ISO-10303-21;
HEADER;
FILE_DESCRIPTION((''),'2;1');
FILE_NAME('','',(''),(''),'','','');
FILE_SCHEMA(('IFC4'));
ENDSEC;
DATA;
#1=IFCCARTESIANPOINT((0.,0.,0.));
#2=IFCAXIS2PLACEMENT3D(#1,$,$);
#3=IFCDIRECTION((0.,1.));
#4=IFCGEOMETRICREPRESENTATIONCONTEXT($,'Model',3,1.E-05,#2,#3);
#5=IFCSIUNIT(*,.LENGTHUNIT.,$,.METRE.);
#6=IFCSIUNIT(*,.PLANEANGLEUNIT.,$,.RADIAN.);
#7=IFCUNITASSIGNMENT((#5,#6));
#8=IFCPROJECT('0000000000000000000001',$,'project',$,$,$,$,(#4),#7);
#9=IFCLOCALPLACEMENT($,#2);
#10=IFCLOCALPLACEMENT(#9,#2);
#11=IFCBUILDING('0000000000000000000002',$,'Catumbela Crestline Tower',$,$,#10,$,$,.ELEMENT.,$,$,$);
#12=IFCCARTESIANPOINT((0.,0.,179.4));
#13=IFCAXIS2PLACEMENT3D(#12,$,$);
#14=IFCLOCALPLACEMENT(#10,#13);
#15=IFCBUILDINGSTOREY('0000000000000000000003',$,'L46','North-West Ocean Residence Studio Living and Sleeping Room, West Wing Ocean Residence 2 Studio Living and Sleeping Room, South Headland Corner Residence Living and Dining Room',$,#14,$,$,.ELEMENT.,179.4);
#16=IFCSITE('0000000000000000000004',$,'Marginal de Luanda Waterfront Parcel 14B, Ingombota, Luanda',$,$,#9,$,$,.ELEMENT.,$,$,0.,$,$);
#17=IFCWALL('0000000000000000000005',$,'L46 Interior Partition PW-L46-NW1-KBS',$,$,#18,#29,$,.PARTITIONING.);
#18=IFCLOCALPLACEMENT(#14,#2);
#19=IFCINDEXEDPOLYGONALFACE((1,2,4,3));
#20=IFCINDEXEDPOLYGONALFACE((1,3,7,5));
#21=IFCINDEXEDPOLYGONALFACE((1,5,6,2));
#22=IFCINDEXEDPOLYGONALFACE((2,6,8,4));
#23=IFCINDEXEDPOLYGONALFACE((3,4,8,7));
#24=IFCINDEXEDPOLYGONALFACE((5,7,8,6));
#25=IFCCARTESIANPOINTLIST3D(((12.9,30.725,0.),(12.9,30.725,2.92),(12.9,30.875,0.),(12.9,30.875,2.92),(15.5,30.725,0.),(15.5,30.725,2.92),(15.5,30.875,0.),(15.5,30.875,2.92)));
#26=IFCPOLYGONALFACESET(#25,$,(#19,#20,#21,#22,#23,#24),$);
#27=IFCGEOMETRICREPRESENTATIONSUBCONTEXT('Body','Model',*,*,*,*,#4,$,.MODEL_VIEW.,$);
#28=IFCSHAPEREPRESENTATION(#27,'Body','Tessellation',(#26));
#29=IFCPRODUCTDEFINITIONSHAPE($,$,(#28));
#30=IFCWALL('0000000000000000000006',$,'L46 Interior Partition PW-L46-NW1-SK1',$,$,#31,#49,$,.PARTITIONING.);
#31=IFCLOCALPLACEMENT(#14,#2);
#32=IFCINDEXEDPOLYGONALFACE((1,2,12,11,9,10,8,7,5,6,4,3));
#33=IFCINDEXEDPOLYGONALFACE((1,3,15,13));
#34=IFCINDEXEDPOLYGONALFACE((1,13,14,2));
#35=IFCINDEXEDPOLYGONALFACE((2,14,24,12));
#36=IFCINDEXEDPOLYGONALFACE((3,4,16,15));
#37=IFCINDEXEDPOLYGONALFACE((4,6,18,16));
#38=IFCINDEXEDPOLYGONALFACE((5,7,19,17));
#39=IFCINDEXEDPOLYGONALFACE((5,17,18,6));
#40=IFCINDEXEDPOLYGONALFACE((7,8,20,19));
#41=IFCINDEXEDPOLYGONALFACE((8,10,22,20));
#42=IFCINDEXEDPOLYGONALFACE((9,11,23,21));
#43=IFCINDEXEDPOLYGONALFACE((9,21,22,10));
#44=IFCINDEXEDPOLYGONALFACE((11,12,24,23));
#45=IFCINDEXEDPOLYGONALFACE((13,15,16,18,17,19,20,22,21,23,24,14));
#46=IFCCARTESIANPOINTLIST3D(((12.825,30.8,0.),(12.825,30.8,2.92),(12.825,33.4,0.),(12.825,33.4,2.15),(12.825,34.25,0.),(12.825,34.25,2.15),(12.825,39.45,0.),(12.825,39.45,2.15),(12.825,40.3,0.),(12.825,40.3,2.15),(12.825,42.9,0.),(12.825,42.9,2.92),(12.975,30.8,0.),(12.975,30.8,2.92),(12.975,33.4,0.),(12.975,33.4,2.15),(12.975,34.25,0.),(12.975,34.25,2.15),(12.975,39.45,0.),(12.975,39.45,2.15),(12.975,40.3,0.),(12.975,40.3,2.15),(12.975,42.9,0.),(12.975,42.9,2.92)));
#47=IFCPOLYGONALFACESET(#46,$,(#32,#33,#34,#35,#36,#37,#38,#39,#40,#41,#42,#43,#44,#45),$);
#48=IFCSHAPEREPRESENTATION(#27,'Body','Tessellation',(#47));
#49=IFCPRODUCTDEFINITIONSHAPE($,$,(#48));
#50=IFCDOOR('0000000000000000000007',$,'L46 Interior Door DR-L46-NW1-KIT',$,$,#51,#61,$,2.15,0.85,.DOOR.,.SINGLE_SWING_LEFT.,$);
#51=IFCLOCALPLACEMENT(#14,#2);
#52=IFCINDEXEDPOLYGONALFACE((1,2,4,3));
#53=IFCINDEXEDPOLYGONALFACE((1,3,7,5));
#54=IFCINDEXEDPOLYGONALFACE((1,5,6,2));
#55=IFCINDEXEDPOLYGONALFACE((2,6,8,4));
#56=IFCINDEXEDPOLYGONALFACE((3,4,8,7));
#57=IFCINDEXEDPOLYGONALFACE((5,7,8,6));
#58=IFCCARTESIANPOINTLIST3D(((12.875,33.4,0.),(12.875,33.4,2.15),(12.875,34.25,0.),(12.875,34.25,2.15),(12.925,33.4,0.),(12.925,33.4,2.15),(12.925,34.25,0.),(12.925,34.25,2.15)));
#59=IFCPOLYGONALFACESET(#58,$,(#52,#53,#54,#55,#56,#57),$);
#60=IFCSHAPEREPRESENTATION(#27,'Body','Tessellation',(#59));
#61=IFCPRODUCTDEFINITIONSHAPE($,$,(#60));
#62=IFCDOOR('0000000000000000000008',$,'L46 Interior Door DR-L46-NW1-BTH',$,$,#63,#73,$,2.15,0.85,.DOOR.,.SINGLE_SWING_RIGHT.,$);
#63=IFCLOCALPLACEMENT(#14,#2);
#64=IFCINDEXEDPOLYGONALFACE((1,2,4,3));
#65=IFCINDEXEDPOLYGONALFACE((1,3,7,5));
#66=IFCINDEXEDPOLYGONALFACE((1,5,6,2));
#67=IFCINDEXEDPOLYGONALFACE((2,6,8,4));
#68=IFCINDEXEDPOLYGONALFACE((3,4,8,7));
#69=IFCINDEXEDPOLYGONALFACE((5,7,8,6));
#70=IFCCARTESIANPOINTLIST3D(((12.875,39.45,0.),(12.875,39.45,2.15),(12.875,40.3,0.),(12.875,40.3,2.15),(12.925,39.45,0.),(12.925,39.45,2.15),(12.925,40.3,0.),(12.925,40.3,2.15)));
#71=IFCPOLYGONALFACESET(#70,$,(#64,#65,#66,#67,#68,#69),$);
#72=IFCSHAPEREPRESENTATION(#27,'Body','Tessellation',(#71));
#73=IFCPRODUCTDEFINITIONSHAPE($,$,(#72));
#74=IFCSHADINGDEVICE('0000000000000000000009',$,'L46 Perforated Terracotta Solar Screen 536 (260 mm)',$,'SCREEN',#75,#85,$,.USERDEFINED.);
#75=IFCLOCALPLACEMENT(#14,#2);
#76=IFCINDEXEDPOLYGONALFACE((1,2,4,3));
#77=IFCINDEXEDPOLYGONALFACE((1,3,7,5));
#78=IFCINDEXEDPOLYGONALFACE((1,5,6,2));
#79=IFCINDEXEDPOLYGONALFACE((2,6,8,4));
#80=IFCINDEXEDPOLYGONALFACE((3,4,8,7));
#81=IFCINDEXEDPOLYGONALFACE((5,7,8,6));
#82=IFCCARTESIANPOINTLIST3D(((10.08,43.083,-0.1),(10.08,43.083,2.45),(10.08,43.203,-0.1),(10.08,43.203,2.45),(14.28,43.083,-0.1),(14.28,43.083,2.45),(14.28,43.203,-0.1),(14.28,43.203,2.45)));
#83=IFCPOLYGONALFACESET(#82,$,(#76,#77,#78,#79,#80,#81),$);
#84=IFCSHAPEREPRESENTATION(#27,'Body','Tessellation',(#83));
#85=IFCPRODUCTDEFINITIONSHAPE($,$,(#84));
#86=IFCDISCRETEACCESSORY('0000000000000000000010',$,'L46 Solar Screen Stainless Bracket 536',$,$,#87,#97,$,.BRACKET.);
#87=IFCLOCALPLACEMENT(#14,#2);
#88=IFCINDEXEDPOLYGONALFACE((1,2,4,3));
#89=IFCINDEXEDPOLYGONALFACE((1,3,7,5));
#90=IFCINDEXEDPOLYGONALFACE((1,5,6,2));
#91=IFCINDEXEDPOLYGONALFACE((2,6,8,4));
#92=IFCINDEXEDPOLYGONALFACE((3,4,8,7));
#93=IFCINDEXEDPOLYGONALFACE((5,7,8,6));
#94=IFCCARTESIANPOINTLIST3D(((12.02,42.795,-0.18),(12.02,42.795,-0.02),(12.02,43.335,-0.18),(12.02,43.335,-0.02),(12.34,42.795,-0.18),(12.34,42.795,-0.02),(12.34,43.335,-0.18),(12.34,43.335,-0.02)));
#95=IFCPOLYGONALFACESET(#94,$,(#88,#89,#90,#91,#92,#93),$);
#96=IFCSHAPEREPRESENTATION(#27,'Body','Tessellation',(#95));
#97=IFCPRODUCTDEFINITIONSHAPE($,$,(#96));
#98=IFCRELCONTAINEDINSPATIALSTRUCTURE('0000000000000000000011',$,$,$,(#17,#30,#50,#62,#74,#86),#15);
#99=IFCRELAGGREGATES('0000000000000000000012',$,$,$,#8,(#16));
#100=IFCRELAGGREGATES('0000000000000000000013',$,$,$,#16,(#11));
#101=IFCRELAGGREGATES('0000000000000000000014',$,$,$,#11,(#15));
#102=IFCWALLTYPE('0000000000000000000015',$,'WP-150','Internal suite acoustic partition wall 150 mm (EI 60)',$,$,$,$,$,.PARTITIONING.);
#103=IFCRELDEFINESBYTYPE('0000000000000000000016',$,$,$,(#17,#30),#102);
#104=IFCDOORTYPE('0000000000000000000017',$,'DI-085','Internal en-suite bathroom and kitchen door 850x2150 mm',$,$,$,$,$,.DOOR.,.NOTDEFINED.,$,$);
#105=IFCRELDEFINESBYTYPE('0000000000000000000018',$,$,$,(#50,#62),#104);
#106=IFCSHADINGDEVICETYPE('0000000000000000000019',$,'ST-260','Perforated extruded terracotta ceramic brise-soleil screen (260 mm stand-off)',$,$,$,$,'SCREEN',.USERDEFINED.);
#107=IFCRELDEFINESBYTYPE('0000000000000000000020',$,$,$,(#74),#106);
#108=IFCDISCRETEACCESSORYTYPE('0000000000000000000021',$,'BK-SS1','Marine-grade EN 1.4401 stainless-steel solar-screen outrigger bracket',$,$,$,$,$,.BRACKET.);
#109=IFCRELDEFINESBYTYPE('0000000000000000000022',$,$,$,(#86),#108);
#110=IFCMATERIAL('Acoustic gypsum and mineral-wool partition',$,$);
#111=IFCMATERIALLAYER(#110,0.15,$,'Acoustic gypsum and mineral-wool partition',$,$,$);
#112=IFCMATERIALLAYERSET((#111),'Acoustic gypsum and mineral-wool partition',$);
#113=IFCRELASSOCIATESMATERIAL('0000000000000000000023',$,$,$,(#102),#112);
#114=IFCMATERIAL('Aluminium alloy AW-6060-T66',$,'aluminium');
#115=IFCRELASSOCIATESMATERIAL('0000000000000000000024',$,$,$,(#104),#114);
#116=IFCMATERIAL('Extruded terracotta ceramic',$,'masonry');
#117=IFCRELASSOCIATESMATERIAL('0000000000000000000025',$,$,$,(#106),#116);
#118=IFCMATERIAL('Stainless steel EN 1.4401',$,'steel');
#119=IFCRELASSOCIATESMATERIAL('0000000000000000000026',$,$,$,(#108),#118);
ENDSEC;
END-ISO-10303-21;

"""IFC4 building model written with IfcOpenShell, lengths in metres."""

from ifc_helpers import new_model, si_unit, direction, frame, frame_2d, origin, origin_2d, place, context, subcontext, project, spatial, rectangle, extrude, material, layer, layer_set, type_object, element, fill, save


model = new_model("IFC4")

# Units and contexts
model_context = context("Model", 3, precision=1e-05, world=origin(), true_north=direction((0.0, 1.0)))
body_context = subcontext(model_context, "Body", "Model", "MODEL_VIEW")
ifc_project = project(units=[si_unit("LENGTHUNIT", "METRE"), si_unit("PLANEANGLEUNIT", "RADIAN")], contexts=[model_context])

# Site, building, storey
site_placement = place(None, origin())
site = spatial("IfcSite", under=ifc_project, at=site_placement, Name="Marginal de Luanda Waterfront Parcel 14B, Ingombota, Luanda", CompositionType="ELEMENT", RefElevation=0.0)
building_placement = place(site_placement, origin())
building = spatial("IfcBuilding", under=site, at=building_placement, Name="Catumbela Crestline Tower", CompositionType="ELEMENT")
storey_placement = place(building_placement, frame((0.0, 0.0, 179.4)))
storey = spatial("IfcBuildingStorey", under=building, at=storey_placement, Name="L46", Description="North-West Ocean Residence Studio Living and Sleeping Room, West Wing Ocean Residence 2 Studio Living and Sleeping Room, South Headland Corner Residence Living and Dining Room", CompositionType="ELEMENT", Elevation=179.4)

# Shared definitions
ifc_material_1 = material(Name="Aluminium alloy AW-6060-T66", Category="aluminium")

# Wall
ifc_material_2 = material(Name="Acoustic gypsum and mineral-wool partition")
ifc_layer_1 = layer(ifc_material_2, 0.15, Name="Acoustic gypsum and mineral-wool partition")
ifc_layer_set_1 = layer_set([ifc_layer_1], Name="Acoustic gypsum and mineral-wool partition")
wall_type_1 = type_object("IfcWallType", Name="WP-150", Description="Internal suite acoustic partition wall 150 mm (EI 60)", PredefinedType="PARTITIONING", material=ifc_layer_set_1)
wall_1_placement = place(storey_placement, frame((12.9, 30.8, 0.0), z_axis=(0.0, 0.0, 1.0), x_axis=(1.0, 0.0, 0.0)))
element("IfcWall", 1, at=wall_1_placement, inside=storey, type_object=wall_type_1, Name="L46 Interior Partition PW-L46-NW1-KBS", PredefinedType="PARTITIONING", context=body_context, shape_type="SweptSolid", body=[
    extrude(rectangle(XDim=2.6, YDim=0.15, at=frame_2d((1.3, 0.0))), origin(), (0.0, 0.0, 1.0), 2.92),
])

# Wall, openings, doors
wall_2_placement = place(storey_placement, frame((12.9, 30.8, 0.0), z_axis=(0.0, 0.0, 1.0), x_axis=(0.0, 1.0, 0.0)))
wall_2 = element("IfcWall", 2, at=wall_2_placement, inside=storey, type_object=wall_type_1, Name="L46 Interior Partition PW-L46-NW1-SK1", PredefinedType="PARTITIONING", context=body_context, shape_type="SweptSolid", body=[
    extrude(rectangle(XDim=12.1, YDim=0.15, at=frame_2d((6.05, 0.0))), origin(), (0.0, 0.0, 1.0), 2.92),
])
opening_1_placement = place(wall_2_placement, frame((2.6, 0.0, 0.0)))
opening_1 = element("IfcOpeningElement", 3, at=opening_1_placement, cuts=wall_2, PredefinedType="OPENING", context=body_context, shape_type="SweptSolid", body=[
    extrude(rectangle(XDim=0.85, YDim=2.15, at=frame_2d((0.425, 1.075))), frame((0.0, 0.085, 0.0), z_axis=(0.0, -1.0, 0.0), x_axis=(1.0, 0.0, 0.0)), (0.0, 0.0, 1.0), 0.17),
])
opening_2_placement = place(wall_2_placement, frame((8.65, 0.0, 0.0)))
opening_2 = element("IfcOpeningElement", 4, at=opening_2_placement, cuts=wall_2, PredefinedType="OPENING", context=body_context, shape_type="SweptSolid", body=[
    extrude(rectangle(XDim=0.85, YDim=2.15, at=frame_2d((0.425, 1.075))), frame((0.0, 0.085, 0.0), z_axis=(0.0, -1.0, 0.0), x_axis=(1.0, 0.0, 0.0)), (0.0, 0.0, 1.0), 0.17),
])
door_type_1 = type_object("IfcDoorType", Name="DI-085", Description="Internal en-suite bathroom and kitchen door 850x2150 mm", OperationType="NOTDEFINED", PredefinedType="DOOR", material=ifc_material_1)
door_1_placement = place(opening_1_placement, origin())
door_1 = element("IfcDoor", 5, at=door_1_placement, inside=storey, type_object=door_type_1, Name="L46 Interior Door DR-L46-NW1-KIT", OperationType="SINGLE_SWING_LEFT", OverallHeight=2.15, OverallWidth=0.85, PredefinedType="DOOR", context=body_context, shape_type="SweptSolid", body=[
    extrude(rectangle(XDim=0.85, YDim=2.15, at=frame_2d((0.425, 1.075))), frame((0.0, 0.025, 0.0), z_axis=(0.0, -1.0, 0.0), x_axis=(1.0, 0.0, 0.0)), (0.0, 0.0, 1.0), 0.05),
])
fill(opening_1, door_1)
door_2_placement = place(opening_2_placement, origin())
door_2 = element("IfcDoor", 6, at=door_2_placement, inside=storey, type_object=door_type_1, Name="L46 Interior Door DR-L46-NW1-BTH", OperationType="SINGLE_SWING_RIGHT", OverallHeight=2.15, OverallWidth=0.85, PredefinedType="DOOR", context=body_context, shape_type="SweptSolid", body=[
    extrude(rectangle(XDim=0.85, YDim=2.15, at=frame_2d((0.425, 1.075))), frame((0.0, 0.025, 0.0), z_axis=(0.0, -1.0, 0.0), x_axis=(1.0, 0.0, 0.0)), (0.0, 0.0, 1.0), 0.05),
])
fill(opening_2, door_2)

# Shared definitions
ifc_material_3 = material(Name="Stainless steel EN 1.4401", Category="steel")

# Shading device
ifc_material_4 = material(Name="Extruded terracotta ceramic", Category="masonry")
shading_device_type = type_object("IfcShadingDeviceType", Name="ST-260", Description="Perforated extruded terracotta ceramic brise-soleil screen (260 mm stand-off)", ElementType="SCREEN", PredefinedType="USERDEFINED", material=ifc_material_4)
shading_device_placement = place(storey_placement, frame((12.18, 43.143, -0.1), z_axis=(0.0, 0.0, 1.0), x_axis=(-1.0, 0.0, 0.0)))
element("IfcShadingDevice", 7, at=shading_device_placement, inside=storey, type_object=shading_device_type, Name="L46 Perforated Terracotta Solar Screen 536 (260 mm)", ObjectType="SCREEN", PredefinedType="USERDEFINED", context=body_context, shape_type="SweptSolid", body=[
    extrude(rectangle(XDim=4.2, YDim=0.12, at=origin_2d()), origin(), (0.0, 0.0, 1.0), 2.55),
])

# Discrete accessory
discrete_accessory_type = type_object("IfcDiscreteAccessoryType", Name="BK-SS1", Description="Marine-grade EN 1.4401 stainless-steel solar-screen outrigger bracket", PredefinedType="BRACKET", material=ifc_material_3)
discrete_accessory_placement = place(storey_placement, frame((12.18, 43.065, -0.18), z_axis=(0.0, 0.0, 1.0), x_axis=(-1.0, 0.0, 0.0)))
element("IfcDiscreteAccessory", 8, at=discrete_accessory_placement, inside=storey, type_object=discrete_accessory_type, Name="L46 Solar Screen Stainless Bracket 536", PredefinedType="BRACKET", context=body_context, shape_type="SweptSolid", body=[
    extrude(rectangle(XDim=0.32, YDim=0.54, at=origin_2d()), origin(), (0.0, 0.0, 1.0), 0.16),
])

save(model, "model.ifc")
